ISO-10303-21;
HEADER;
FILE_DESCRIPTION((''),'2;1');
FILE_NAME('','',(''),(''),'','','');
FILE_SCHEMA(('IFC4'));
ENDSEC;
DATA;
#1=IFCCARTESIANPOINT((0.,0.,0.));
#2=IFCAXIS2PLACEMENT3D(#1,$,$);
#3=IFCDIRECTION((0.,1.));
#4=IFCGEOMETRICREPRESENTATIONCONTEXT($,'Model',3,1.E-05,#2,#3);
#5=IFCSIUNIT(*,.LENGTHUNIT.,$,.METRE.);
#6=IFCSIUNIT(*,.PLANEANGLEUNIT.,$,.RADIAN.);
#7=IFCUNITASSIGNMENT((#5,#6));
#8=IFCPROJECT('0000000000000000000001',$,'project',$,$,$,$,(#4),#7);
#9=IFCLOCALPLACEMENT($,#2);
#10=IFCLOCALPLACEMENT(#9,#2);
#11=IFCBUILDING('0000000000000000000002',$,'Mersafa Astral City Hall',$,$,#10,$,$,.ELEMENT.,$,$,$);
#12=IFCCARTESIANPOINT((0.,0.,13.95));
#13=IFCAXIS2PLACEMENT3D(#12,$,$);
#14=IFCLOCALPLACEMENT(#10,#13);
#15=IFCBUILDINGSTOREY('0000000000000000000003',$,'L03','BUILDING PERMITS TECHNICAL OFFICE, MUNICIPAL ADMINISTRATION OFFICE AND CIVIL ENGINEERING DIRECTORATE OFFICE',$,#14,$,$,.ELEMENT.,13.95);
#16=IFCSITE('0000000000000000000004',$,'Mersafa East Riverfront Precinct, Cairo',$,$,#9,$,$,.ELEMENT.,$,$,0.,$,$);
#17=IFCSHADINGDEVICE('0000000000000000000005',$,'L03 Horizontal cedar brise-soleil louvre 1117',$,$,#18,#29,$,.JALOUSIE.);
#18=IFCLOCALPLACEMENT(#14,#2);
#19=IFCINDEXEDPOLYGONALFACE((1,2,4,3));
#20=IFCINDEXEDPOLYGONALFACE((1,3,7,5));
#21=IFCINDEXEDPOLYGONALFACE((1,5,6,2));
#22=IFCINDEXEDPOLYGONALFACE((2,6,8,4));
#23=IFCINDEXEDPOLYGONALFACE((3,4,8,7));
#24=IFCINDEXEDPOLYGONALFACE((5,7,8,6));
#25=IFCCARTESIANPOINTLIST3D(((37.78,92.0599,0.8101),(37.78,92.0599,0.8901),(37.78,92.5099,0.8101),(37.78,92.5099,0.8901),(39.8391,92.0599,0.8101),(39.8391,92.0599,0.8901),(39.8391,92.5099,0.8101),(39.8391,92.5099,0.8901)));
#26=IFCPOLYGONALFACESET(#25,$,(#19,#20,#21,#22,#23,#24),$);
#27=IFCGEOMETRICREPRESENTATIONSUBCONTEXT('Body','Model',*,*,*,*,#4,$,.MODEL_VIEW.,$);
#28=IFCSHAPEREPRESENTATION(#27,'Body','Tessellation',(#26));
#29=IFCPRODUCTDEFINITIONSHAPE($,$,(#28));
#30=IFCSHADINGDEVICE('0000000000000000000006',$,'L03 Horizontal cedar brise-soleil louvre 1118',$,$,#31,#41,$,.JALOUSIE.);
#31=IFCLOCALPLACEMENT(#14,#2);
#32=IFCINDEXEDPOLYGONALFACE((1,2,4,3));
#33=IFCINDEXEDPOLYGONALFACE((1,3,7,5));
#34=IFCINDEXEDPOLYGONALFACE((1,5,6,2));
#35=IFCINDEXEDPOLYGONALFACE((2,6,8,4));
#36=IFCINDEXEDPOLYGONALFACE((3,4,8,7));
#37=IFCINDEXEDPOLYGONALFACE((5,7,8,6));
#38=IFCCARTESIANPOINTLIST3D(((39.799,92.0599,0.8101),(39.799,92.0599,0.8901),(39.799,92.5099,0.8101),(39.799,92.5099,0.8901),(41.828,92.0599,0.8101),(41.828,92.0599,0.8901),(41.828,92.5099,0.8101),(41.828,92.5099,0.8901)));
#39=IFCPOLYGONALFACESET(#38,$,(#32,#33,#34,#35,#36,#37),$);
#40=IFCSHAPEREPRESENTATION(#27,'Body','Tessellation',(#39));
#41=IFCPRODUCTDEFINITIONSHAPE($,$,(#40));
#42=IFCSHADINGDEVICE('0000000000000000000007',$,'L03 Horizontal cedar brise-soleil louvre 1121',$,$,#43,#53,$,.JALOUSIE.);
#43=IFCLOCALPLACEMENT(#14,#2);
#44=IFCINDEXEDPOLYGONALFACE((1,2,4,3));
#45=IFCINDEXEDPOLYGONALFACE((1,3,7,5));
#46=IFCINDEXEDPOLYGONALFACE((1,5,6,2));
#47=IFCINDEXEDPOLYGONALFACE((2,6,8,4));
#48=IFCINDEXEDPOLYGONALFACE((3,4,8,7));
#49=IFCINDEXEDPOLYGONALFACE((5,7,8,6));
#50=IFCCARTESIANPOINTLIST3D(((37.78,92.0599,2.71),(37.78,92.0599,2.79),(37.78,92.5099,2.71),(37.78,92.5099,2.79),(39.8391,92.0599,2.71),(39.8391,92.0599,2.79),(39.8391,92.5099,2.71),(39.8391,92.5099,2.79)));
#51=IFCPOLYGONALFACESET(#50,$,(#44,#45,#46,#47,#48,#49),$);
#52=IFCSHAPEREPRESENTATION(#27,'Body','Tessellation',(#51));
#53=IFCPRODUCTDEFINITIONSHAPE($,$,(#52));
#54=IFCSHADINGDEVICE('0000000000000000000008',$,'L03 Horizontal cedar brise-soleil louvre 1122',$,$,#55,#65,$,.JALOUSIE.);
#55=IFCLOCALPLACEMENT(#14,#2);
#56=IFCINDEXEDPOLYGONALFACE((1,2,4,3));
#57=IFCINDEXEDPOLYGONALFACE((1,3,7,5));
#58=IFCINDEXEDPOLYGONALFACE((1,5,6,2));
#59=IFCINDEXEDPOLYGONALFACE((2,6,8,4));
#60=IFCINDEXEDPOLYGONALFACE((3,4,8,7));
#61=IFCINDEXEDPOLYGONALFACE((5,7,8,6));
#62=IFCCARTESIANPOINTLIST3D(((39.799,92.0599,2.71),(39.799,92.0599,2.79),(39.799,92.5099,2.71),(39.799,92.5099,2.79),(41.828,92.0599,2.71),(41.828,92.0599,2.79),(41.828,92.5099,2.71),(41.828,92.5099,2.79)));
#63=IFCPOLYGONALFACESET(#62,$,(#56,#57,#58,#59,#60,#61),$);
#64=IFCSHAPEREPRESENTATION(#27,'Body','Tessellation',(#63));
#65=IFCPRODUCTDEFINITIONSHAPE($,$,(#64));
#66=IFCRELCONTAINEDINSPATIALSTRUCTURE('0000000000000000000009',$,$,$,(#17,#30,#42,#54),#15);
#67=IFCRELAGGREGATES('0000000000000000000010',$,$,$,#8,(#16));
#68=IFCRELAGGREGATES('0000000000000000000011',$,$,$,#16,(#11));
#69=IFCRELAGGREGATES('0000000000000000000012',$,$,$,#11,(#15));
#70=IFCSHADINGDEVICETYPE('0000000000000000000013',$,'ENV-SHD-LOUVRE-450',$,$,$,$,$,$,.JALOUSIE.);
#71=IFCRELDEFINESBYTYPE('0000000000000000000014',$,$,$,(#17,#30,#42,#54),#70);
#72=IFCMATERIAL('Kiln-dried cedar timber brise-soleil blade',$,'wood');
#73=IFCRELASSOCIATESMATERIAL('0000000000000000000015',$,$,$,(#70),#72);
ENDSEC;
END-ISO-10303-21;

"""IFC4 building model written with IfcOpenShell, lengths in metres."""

from ifc_helpers import new_model, si_unit, direction, frame, origin, origin_2d, place, context, subcontext, project, spatial, rectangle, extrude, material, type_object, element, save


model = new_model("IFC4")

# Units and contexts
model_context = context("Model", 3, precision=1e-05, world=origin(), true_north=direction((0.0, 1.0)))
body_context = subcontext(model_context, "Body", "Model", "MODEL_VIEW")
ifc_project = project(units=[si_unit("LENGTHUNIT", "METRE"), si_unit("PLANEANGLEUNIT", "RADIAN")], contexts=[model_context])

# Site, building, storey
site_placement = place(None, origin())
site = spatial("IfcSite", under=ifc_project, at=site_placement, Name="Mersafa East Riverfront Precinct, Cairo", CompositionType="ELEMENT", RefElevation=0.0)
building_placement = place(site_placement, origin())
building = spatial("IfcBuilding", under=site, at=building_placement, Name="Mersafa Astral City Hall", CompositionType="ELEMENT")
storey_placement = place(building_placement, frame((0.0, 0.0, 13.95)))
storey = spatial("IfcBuildingStorey", under=building, at=storey_placement, Name="L03", Description="BUILDING PERMITS TECHNICAL OFFICE, MUNICIPAL ADMINISTRATION OFFICE AND CIVIL ENGINEERING DIRECTORATE OFFICE", CompositionType="ELEMENT", Elevation=13.95)

# Shading devices
ifc_material_1 = material(Name="Kiln-dried cedar timber brise-soleil blade", Category="wood")
shading_device_type_1 = type_object("IfcShadingDeviceType", Name="ENV-SHD-LOUVRE-450", PredefinedType="JALOUSIE", material=ifc_material_1)
shading_device_1_placement = place(storey_placement, frame((38.8096, 92.2849, 0.8101), z_axis=(0.0, 0.0, 1.0), x_axis=(1.0, 0.0, 0.0)))
element("IfcShadingDevice", 1, at=shading_device_1_placement, inside=storey, type_object=shading_device_type_1, Name="L03 Horizontal cedar brise-soleil louvre 1117", PredefinedType="JALOUSIE", context=body_context, shape_type="SweptSolid", body=[
    extrude(rectangle(XDim=2.0591, YDim=0.45, at=origin_2d()), origin(), (0.0, 0.0, 1.0), 0.0801),
])
shading_device_2_placement = place(storey_placement, frame((40.8135, 92.2849, 0.8101), z_axis=(0.0, 0.0, 1.0), x_axis=(1.0, 0.0, 0.0)))
element("IfcShadingDevice", 2, at=shading_device_2_placement, inside=storey, type_object=shading_device_type_1, Name="L03 Horizontal cedar brise-soleil louvre 1118", PredefinedType="JALOUSIE", context=body_context, shape_type="SweptSolid", body=[
    extrude(rectangle(XDim=2.0291, YDim=0.45, at=origin_2d()), origin(), (0.0, 0.0, 1.0), 0.0801),
])
shading_device_3_placement = place(storey_placement, frame((38.8096, 92.2849, 2.71), z_axis=(0.0, 0.0, 1.0), x_axis=(1.0, 0.0, 0.0)))
element("IfcShadingDevice", 3, at=shading_device_3_placement, inside=storey, type_object=shading_device_type_1, Name="L03 Horizontal cedar brise-soleil louvre 1121", PredefinedType="JALOUSIE", context=body_context, shape_type="SweptSolid", body=[
    extrude(rectangle(XDim=2.0591, YDim=0.45, at=origin_2d()), origin(), (0.0, 0.0, 1.0), 0.0801),
])
shading_device_4_placement = place(storey_placement, frame((40.8135, 92.2849, 2.71), z_axis=(0.0, 0.0, 1.0), x_axis=(1.0, 0.0, 0.0)))
element("IfcShadingDevice", 4, at=shading_device_4_placement, inside=storey, type_object=shading_device_type_1, Name="L03 Horizontal cedar brise-soleil louvre 1122", PredefinedType="JALOUSIE", context=body_context, shape_type="SweptSolid", body=[
    extrude(rectangle(XDim=2.0291, YDim=0.45, at=origin_2d()), origin(), (0.0, 0.0, 1.0), 0.0801),
])

save(model, "model.ifc")
